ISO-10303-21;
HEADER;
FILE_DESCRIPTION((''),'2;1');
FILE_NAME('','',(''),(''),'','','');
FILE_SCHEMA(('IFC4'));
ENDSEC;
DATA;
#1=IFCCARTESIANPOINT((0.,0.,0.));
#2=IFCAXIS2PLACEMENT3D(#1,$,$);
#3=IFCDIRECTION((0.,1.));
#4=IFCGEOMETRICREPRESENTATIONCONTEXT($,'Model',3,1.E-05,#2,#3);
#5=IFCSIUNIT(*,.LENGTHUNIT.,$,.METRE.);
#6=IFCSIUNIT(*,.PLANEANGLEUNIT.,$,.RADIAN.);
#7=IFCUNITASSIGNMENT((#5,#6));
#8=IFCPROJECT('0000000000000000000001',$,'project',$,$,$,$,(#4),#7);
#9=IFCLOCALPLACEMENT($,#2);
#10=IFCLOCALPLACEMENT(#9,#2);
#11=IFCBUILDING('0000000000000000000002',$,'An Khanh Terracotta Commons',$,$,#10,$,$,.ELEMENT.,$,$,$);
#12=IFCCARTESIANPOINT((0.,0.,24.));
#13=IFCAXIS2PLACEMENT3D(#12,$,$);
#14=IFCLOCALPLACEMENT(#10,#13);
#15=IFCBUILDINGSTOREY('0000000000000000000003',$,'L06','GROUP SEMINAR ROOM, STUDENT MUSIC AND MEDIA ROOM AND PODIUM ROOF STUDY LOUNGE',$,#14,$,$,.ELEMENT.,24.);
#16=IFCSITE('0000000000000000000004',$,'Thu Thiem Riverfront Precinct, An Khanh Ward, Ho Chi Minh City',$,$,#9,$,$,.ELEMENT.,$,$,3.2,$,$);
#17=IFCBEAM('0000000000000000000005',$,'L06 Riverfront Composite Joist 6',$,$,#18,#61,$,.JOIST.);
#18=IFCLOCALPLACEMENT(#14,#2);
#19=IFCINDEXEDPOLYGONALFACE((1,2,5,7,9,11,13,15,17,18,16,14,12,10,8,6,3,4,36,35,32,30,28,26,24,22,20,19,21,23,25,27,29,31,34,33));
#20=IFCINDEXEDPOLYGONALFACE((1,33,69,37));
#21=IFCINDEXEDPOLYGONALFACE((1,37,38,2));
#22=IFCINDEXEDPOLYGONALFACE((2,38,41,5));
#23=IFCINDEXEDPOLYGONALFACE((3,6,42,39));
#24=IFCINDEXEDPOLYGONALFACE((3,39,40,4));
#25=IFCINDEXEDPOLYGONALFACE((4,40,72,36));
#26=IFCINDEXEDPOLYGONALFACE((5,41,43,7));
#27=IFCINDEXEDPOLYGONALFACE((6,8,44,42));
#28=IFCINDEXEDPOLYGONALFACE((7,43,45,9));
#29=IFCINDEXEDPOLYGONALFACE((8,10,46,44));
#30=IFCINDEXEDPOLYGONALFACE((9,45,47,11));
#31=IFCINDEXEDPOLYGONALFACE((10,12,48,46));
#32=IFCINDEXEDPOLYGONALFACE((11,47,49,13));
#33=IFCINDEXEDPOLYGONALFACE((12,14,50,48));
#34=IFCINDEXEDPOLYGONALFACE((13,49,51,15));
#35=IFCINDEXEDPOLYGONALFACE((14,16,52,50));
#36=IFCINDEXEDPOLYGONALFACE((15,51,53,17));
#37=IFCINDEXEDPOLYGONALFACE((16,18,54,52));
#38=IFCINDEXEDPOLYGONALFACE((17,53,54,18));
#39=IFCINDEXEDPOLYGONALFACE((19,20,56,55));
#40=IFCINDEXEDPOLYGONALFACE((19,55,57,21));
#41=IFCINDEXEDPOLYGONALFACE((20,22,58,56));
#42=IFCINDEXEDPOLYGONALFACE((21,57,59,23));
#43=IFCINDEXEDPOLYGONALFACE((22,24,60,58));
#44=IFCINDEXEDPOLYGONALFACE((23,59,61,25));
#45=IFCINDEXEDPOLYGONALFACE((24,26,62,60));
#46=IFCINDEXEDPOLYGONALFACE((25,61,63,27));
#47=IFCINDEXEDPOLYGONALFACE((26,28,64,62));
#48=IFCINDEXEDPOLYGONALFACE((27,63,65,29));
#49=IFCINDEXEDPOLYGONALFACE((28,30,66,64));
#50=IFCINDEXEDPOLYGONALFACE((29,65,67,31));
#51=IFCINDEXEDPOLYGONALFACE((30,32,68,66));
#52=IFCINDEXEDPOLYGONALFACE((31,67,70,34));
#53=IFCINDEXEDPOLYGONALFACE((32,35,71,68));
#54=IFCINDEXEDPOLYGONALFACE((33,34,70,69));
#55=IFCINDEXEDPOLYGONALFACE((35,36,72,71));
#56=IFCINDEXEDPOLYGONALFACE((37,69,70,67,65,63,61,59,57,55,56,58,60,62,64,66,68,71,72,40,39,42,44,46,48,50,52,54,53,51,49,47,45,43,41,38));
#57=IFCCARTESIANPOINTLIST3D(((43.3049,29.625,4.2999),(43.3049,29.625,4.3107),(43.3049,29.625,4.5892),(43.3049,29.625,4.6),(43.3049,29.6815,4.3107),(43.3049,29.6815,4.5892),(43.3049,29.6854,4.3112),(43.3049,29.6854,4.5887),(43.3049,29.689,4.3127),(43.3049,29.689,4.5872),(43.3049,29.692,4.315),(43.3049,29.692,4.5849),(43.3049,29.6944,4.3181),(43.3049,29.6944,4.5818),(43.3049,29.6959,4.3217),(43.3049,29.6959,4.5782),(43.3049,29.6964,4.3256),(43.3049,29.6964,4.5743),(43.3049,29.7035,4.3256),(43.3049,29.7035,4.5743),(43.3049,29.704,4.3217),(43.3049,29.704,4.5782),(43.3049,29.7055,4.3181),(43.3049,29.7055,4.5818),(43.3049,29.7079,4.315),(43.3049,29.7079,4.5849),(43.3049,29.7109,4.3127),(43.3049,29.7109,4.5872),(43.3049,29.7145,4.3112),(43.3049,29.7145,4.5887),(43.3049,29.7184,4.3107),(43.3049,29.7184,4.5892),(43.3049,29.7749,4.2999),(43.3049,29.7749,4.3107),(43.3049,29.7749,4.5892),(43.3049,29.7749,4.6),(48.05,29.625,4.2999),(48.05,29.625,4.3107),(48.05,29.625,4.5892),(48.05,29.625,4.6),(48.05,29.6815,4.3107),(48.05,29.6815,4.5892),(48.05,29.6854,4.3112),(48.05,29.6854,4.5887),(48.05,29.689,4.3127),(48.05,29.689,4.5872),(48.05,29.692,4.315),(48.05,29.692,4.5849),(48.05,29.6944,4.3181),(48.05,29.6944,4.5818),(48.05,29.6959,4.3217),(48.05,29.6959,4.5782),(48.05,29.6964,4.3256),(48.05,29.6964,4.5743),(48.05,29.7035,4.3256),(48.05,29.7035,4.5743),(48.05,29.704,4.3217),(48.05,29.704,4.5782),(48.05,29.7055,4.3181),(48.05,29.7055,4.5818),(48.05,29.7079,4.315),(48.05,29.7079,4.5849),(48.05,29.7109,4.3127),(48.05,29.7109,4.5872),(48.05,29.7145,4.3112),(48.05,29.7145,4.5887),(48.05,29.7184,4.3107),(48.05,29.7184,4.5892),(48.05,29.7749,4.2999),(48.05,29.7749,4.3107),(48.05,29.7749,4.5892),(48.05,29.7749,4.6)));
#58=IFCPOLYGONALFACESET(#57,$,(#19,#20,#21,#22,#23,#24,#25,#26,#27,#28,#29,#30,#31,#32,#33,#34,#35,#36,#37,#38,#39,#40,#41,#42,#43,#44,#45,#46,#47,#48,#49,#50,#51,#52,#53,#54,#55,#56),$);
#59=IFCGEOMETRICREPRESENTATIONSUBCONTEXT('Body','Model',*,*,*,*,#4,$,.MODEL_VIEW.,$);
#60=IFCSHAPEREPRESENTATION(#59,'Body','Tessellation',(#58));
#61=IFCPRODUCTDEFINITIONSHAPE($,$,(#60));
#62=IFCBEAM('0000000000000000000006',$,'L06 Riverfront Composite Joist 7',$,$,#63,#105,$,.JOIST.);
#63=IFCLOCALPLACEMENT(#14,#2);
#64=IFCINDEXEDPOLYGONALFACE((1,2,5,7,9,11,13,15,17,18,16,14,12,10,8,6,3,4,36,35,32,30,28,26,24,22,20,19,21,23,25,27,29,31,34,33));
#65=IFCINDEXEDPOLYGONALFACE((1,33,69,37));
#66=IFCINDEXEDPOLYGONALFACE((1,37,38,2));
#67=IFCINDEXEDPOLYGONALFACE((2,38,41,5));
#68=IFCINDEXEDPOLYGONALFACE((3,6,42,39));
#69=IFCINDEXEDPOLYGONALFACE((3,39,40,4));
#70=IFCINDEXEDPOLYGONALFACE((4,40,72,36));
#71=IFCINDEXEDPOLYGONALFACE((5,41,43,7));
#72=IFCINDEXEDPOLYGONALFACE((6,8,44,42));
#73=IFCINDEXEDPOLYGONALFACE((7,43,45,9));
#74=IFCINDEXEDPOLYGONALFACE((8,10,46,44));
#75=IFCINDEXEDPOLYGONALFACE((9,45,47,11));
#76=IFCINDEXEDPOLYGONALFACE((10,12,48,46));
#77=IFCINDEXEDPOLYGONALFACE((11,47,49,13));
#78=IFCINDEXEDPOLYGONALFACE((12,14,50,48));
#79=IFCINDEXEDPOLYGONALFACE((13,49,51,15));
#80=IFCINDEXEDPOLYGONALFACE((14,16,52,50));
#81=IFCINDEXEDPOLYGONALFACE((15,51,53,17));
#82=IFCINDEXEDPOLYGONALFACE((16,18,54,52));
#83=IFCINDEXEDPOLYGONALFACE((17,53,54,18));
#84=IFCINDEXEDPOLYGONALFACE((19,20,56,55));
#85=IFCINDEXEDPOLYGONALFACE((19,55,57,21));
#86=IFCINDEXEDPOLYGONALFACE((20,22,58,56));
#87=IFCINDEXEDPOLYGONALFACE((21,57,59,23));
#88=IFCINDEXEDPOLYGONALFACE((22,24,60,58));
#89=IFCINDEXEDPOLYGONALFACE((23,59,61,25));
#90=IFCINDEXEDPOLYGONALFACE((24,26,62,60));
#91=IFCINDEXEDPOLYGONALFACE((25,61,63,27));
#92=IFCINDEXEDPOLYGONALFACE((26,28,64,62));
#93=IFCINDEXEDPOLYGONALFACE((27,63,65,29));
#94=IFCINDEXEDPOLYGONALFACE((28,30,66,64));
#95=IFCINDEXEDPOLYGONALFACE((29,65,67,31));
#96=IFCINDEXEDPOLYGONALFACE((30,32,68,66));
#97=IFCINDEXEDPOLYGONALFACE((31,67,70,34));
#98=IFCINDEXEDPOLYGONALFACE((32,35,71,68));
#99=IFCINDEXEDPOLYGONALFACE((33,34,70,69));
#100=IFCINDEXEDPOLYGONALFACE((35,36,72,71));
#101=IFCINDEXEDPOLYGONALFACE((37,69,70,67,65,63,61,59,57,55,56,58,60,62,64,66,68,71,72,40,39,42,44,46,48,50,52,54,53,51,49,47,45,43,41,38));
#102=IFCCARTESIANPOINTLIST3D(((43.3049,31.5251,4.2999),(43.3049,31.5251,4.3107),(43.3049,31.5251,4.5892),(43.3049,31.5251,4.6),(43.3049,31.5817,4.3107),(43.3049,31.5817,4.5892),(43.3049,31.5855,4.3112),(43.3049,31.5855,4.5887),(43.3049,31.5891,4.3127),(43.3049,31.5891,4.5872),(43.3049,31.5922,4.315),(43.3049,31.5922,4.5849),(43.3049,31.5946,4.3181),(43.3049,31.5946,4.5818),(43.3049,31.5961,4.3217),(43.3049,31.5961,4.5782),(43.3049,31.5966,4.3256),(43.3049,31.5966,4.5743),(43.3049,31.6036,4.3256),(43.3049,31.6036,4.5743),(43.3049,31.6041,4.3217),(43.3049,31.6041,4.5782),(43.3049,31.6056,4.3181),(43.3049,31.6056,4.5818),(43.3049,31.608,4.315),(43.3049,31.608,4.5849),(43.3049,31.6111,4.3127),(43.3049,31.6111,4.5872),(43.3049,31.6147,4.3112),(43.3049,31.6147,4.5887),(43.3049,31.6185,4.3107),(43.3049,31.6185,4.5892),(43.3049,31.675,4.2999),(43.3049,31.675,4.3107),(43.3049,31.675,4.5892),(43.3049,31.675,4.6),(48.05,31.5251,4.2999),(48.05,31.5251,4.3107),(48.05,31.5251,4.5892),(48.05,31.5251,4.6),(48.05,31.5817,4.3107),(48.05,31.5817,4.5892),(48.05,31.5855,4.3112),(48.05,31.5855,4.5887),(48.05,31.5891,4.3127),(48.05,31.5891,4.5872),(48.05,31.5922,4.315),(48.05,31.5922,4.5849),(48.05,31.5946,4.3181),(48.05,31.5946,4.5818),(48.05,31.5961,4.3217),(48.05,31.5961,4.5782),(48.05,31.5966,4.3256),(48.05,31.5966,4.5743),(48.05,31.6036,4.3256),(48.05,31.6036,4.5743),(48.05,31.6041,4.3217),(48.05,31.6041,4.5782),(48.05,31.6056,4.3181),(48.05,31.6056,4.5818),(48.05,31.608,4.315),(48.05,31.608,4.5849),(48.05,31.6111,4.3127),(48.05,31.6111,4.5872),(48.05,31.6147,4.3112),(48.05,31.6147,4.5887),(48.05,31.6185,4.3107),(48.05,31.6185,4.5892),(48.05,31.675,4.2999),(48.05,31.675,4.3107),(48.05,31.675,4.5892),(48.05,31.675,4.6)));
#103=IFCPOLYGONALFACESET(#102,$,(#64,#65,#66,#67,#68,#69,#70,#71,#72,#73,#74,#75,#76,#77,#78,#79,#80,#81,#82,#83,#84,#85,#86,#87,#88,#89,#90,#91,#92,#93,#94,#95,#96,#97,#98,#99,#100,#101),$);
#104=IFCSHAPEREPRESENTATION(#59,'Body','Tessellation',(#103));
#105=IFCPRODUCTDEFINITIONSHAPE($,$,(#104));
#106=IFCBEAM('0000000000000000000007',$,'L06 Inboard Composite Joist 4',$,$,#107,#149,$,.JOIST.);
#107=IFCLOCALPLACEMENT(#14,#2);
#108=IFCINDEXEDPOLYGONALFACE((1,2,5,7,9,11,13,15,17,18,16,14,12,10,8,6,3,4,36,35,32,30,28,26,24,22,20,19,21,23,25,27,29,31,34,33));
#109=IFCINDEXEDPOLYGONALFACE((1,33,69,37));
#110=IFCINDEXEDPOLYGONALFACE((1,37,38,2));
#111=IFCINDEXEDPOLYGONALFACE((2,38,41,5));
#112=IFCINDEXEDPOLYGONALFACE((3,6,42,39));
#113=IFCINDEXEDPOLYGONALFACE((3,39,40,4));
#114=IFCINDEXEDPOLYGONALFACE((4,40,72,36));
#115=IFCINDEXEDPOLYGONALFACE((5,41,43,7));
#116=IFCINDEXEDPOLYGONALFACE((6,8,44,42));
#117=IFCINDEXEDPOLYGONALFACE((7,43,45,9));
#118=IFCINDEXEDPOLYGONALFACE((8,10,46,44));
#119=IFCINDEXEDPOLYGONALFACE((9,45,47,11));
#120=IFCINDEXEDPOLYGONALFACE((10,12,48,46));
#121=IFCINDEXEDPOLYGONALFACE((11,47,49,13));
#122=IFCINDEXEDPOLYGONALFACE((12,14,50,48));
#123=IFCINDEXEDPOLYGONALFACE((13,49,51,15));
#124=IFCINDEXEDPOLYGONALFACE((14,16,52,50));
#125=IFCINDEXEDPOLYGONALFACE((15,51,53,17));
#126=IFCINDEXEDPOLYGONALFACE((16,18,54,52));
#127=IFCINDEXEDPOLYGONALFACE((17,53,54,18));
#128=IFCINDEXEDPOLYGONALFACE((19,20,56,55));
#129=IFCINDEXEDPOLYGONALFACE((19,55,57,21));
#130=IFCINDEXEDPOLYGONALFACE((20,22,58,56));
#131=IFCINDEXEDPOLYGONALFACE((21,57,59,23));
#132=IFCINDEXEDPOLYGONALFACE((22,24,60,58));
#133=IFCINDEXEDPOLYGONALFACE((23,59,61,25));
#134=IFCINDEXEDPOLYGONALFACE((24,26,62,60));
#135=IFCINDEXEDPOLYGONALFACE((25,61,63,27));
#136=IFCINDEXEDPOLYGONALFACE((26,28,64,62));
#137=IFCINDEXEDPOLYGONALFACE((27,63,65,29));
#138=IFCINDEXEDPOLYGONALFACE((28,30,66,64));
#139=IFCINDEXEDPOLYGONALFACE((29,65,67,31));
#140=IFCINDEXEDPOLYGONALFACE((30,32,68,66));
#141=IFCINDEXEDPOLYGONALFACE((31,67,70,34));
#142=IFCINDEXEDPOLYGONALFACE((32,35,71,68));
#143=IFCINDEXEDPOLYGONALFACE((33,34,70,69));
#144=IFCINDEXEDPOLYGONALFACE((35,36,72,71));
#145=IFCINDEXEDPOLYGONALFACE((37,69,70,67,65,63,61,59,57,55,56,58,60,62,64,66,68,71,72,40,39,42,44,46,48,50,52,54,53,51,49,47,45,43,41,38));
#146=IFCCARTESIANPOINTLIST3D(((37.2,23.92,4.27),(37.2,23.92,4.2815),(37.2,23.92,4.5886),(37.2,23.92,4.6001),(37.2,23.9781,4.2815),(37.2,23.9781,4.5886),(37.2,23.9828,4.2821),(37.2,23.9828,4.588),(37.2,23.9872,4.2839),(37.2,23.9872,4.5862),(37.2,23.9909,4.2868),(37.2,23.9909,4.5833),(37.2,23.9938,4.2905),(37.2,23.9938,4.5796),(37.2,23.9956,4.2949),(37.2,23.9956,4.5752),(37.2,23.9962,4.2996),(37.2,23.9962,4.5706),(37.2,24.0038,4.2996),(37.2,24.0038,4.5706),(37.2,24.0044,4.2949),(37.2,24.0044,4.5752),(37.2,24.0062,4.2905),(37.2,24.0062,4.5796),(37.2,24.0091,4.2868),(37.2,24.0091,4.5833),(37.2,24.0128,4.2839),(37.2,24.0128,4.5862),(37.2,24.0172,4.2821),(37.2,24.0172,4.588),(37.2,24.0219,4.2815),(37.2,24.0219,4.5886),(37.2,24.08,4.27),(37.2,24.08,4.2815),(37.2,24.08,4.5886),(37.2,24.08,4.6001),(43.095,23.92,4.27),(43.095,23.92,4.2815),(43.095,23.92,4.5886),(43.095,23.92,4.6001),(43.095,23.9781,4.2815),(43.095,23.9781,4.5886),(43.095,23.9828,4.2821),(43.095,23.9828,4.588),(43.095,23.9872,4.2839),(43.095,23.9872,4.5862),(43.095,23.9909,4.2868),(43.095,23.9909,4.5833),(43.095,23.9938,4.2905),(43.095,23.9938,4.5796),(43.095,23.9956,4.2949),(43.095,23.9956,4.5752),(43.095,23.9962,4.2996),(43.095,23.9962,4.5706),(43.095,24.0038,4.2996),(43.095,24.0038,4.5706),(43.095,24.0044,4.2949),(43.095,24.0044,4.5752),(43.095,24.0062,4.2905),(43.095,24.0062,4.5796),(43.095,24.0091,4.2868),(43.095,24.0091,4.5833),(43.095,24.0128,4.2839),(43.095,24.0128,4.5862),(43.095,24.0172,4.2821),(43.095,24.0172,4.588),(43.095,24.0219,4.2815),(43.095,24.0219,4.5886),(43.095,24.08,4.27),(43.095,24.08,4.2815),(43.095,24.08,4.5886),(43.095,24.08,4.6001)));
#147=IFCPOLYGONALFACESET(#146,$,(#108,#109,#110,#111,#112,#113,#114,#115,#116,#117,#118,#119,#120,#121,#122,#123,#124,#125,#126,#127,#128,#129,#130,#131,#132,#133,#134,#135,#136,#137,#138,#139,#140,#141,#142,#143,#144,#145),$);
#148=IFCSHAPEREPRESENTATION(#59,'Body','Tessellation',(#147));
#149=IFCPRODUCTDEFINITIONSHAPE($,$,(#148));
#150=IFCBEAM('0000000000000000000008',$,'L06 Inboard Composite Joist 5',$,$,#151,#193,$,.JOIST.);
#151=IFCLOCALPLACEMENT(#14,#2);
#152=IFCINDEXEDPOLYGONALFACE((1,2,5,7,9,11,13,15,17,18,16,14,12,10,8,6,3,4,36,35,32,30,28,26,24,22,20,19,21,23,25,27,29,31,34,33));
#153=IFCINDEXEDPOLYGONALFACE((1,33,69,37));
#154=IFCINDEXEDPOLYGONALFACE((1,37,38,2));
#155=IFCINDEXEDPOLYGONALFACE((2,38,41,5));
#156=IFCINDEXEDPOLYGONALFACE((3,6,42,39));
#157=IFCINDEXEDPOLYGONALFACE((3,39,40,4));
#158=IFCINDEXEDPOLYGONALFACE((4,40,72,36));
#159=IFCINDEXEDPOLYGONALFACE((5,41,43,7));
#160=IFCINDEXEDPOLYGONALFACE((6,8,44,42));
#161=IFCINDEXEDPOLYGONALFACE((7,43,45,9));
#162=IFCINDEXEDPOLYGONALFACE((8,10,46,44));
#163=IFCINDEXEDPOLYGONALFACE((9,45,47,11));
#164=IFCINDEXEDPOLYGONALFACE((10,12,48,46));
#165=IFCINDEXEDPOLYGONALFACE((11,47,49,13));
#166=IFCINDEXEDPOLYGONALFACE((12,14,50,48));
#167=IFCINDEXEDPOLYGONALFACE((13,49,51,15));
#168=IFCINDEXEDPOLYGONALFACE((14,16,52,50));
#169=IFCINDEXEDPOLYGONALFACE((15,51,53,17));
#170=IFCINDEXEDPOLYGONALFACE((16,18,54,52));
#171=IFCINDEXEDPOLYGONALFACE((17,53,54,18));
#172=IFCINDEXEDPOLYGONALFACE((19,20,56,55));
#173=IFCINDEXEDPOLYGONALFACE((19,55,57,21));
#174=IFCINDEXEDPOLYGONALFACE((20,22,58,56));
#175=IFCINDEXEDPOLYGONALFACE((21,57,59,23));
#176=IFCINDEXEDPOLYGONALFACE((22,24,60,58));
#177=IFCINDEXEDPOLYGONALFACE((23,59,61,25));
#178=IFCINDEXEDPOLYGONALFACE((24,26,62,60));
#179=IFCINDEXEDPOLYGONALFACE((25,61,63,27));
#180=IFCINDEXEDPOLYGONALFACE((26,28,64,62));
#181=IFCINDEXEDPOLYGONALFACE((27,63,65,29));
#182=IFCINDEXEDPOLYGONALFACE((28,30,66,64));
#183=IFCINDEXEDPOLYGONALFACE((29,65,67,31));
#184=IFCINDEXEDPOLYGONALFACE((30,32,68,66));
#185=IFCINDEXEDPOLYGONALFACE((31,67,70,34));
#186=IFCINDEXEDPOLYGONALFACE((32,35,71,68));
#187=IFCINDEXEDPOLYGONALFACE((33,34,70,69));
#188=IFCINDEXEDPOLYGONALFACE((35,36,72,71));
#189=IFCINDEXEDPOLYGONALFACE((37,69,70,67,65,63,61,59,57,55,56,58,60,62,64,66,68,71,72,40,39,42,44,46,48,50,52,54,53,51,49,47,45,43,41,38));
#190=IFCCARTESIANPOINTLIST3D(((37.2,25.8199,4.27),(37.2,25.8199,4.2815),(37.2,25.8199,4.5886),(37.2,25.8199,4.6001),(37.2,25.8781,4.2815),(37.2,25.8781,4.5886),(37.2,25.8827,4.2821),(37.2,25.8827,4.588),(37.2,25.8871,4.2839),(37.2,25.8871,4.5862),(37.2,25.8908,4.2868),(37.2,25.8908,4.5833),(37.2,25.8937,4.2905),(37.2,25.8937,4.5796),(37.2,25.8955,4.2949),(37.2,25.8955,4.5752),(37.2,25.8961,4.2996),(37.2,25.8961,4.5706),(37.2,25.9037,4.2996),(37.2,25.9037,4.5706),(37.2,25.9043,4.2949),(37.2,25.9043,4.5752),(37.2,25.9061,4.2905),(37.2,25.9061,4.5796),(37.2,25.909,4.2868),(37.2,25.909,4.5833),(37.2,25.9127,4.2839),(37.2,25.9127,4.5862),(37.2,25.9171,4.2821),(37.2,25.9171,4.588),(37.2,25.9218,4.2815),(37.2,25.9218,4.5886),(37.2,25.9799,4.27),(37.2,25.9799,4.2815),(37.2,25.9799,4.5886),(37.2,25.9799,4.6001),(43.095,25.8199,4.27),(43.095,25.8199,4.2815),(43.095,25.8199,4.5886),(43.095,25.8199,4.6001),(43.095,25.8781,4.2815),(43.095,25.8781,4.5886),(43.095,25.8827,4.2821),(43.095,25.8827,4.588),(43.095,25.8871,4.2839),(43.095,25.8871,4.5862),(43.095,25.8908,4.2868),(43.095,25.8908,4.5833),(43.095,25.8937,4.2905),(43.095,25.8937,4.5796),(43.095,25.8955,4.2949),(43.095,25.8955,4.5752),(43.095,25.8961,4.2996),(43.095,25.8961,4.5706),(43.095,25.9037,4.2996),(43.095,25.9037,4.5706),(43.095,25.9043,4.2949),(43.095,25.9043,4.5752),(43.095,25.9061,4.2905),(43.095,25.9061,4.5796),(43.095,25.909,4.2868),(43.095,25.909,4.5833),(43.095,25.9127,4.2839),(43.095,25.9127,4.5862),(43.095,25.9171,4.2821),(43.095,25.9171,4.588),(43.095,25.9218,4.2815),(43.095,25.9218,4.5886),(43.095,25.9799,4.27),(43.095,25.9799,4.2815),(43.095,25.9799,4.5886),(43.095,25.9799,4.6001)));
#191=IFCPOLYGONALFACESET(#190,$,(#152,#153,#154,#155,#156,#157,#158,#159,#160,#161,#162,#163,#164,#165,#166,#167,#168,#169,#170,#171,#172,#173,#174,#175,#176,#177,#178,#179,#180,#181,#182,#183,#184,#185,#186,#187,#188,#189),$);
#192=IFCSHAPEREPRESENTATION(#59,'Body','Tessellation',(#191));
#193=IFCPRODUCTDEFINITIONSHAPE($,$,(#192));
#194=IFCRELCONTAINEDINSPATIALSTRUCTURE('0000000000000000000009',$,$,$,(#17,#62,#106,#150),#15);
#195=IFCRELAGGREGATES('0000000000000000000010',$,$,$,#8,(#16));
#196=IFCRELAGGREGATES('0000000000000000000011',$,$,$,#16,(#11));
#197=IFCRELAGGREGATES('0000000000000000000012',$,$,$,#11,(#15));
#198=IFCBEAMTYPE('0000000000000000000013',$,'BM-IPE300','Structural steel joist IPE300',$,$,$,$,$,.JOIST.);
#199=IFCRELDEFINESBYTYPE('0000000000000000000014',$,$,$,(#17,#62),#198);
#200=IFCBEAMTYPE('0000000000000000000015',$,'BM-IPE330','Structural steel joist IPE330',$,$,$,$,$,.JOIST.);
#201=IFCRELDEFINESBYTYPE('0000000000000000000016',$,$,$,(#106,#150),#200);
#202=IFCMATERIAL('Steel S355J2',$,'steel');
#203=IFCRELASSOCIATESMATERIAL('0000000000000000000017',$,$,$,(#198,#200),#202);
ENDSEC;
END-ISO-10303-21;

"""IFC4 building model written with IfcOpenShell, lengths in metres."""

from ifc_helpers import new_model, si_unit, direction, frame, origin, origin_2d, place, context, subcontext, project, spatial, i_section, extrude, material, material_profile, profile_set, type_object, element, save


model = new_model("IFC4")

# Units and contexts
model_context = context("Model", 3, precision=1e-05, world=origin(), true_north=direction((0.0, 1.0)))
body_context = subcontext(model_context, "Body", "Model", "MODEL_VIEW")
ifc_project = project(units=[si_unit("LENGTHUNIT", "METRE"), si_unit("PLANEANGLEUNIT", "RADIAN")], contexts=[model_context])

# Site, building, storey
site_placement = place(None, origin())
site = spatial("IfcSite", under=ifc_project, at=site_placement, Name="Thu Thiem Riverfront Precinct, An Khanh Ward, Ho Chi Minh City", CompositionType="ELEMENT", RefElevation=3.2)
building_placement = place(site_placement, origin())
building = spatial("IfcBuilding", under=site, at=building_placement, Name="An Khanh Terracotta Commons", CompositionType="ELEMENT")
storey_placement = place(building_placement, frame((0.0, 0.0, 24.0)))
storey = spatial("IfcBuildingStorey", under=building, at=storey_placement, Name="L06", Description="GROUP SEMINAR ROOM, STUDENT MUSIC AND MEDIA ROOM AND PODIUM ROOF STUDY LOUNGE", CompositionType="ELEMENT", Elevation=24.0)

# Beams
ifc_material_1 = material(Name="Steel S355J2", Category="steel")
ifc_material_profile_1 = material_profile(ifc_material_1, i_section(OverallWidth=0.1499, OverallDepth=0.3, WebThickness=0.0071, FlangeThickness=0.0107, FilletRadius=0.0149, at=origin_2d()), Name="IPE300")
ifc_profile_set_1 = profile_set([ifc_material_profile_1], Name="Steel S355J2")
beam_type_1 = type_object("IfcBeamType", Name="BM-IPE300", Description="Structural steel joist IPE300", PredefinedType="JOIST", material=ifc_profile_set_1)
for number, where, z_axis, x_axis, name in (
    (1, (43.3049, 29.7, 4.45), (1.0, 0.0, 0.0), (0.0, 1.0, 0.0), "L06 Riverfront Composite Joist 6"),
    (2, (43.3049, 31.6001, 4.45), (1.0, 0.0, 0.0), (0.0, 1.0, 0.0), "L06 Riverfront Composite Joist 7"),
):
    element("IfcBeam", number, at=place(storey_placement, frame(where, z_axis=z_axis, x_axis=x_axis)), inside=storey, type_object=beam_type_1, Name=name, PredefinedType="JOIST", context=body_context, shape_type="SweptSolid", body=[
        extrude(i_section(OverallWidth=0.1499, OverallDepth=0.3, WebThickness=0.0071, FlangeThickness=0.0107, FilletRadius=0.0149, at=origin_2d()), origin(), (0.0, 0.0, 1.0), 4.7451),
    ])
ifc_material_profile_2 = material_profile(ifc_material_1, i_section(OverallWidth=0.1599, OverallDepth=0.3301, WebThickness=0.0076, FlangeThickness=0.0115, FilletRadius=0.0181, at=origin_2d()), Name="IPE330")
ifc_profile_set_2 = profile_set([ifc_material_profile_2], Name="Steel S355J2")
beam_type_2 = type_object("IfcBeamType", Name="BM-IPE330", Description="Structural steel joist IPE330", PredefinedType="JOIST", material=ifc_profile_set_2)
for number, where, z_axis, x_axis, name in (
    (3, (37.2, 24.0, 4.4351), (1.0, 0.0, 0.0), (0.0, 1.0, 0.0), "L06 Inboard Composite Joist 4"),
    (4, (37.2, 25.8999, 4.4351), (1.0, 0.0, 0.0), (0.0, 1.0, 0.0), "L06 Inboard Composite Joist 5"),
):
    element("IfcBeam", number, at=place(storey_placement, frame(where, z_axis=z_axis, x_axis=x_axis)), inside=storey, type_object=beam_type_2, Name=name, PredefinedType="JOIST", context=body_context, shape_type="SweptSolid", body=[
        extrude(i_section(OverallWidth=0.1599, OverallDepth=0.3301, WebThickness=0.0076, FlangeThickness=0.0115, FilletRadius=0.0181, at=origin_2d()), origin(), (0.0, 0.0, 1.0), 5.895),
    ])

save(model, "model.ifc")
